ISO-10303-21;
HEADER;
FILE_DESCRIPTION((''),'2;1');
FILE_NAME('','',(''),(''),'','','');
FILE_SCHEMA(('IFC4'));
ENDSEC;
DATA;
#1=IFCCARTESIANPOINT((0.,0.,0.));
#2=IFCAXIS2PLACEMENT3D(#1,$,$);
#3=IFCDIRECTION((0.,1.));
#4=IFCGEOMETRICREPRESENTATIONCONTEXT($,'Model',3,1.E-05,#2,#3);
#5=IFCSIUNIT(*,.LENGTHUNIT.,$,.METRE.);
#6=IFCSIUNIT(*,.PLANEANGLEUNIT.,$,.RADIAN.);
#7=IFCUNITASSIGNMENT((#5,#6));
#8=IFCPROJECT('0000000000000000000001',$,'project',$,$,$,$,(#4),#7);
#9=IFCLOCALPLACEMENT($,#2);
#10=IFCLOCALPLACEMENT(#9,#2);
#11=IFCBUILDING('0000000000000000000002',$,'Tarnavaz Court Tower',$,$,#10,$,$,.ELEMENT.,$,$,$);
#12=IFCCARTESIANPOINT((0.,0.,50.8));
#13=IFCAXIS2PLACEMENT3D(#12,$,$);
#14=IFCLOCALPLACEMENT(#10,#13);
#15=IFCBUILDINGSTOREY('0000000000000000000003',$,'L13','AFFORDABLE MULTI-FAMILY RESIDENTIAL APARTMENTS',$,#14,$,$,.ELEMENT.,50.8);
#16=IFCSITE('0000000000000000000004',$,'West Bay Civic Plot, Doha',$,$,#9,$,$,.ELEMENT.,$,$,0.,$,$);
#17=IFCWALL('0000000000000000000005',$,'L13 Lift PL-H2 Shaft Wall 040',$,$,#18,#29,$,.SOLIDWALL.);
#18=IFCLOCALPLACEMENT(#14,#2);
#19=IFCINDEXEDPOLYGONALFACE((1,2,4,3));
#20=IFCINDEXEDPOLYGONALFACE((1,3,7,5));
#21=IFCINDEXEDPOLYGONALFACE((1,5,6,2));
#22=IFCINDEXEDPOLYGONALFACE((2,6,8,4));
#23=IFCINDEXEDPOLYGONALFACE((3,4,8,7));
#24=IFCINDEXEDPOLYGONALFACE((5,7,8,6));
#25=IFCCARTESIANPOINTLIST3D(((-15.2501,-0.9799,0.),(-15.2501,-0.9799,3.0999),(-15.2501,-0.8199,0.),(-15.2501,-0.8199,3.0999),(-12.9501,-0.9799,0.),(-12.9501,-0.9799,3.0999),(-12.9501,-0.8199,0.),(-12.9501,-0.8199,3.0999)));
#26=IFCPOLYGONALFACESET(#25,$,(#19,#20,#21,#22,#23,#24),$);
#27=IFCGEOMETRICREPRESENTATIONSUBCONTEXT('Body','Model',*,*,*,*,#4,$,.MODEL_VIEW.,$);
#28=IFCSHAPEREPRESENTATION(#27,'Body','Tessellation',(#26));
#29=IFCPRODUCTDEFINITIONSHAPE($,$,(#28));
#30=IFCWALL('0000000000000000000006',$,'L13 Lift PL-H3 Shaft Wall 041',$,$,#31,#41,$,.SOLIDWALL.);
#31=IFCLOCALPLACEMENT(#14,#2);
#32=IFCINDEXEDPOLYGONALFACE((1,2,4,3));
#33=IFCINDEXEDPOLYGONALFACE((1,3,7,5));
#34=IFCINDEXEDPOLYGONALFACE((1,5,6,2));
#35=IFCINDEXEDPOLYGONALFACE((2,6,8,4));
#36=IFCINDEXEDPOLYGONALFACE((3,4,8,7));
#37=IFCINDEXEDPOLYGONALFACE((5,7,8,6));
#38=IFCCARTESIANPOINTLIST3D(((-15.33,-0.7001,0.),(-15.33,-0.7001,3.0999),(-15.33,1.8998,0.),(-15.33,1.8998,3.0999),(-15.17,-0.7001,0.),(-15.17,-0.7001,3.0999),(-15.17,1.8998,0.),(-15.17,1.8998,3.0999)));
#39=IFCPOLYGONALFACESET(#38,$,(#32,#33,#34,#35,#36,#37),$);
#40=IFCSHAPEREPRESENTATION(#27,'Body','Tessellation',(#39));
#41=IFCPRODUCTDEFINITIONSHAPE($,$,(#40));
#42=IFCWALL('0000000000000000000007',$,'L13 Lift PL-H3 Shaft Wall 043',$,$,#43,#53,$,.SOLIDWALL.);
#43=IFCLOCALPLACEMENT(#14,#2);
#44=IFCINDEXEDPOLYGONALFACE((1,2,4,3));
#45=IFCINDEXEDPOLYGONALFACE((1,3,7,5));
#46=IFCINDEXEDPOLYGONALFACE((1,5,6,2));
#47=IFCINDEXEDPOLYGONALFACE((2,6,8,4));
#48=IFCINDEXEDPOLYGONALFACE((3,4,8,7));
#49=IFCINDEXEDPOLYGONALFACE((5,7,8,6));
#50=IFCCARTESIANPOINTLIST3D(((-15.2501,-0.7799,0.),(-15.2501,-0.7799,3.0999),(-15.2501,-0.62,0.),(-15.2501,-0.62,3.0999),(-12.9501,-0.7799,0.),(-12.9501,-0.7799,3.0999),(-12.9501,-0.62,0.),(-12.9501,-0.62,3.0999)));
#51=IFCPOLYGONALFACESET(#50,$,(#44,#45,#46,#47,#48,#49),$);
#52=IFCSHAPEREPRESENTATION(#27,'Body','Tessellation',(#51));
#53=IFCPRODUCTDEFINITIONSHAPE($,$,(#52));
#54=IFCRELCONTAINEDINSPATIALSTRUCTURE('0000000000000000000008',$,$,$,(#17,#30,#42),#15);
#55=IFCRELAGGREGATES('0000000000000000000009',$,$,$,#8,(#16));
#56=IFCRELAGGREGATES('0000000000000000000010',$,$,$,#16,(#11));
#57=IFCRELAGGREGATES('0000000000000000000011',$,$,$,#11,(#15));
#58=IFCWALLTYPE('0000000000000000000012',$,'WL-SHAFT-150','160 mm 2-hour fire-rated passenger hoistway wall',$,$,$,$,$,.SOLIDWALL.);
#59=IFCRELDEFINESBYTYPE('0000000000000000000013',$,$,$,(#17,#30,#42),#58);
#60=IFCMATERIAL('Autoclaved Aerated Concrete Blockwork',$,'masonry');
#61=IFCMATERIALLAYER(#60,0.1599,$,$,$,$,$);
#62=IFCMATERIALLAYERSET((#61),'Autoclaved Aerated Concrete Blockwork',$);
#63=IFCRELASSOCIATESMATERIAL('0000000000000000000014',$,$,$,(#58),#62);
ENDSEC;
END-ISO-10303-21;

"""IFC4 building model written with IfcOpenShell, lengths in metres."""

from ifc_helpers import new_model, si_unit, direction, frame, frame_2d, origin, place, context, subcontext, project, spatial, rectangle, extrude, material, layer, layer_set, type_object, element, save


model = new_model("IFC4")

# Units and contexts
model_context = context("Model", 3, precision=1e-05, world=origin(), true_north=direction((0.0, 1.0)))
body_context = subcontext(model_context, "Body", "Model", "MODEL_VIEW")
ifc_project = project(units=[si_unit("LENGTHUNIT", "METRE"), si_unit("PLANEANGLEUNIT", "RADIAN")], contexts=[model_context])

# Site, building, storey
site_placement = place(None, origin())
site = spatial("IfcSite", under=ifc_project, at=site_placement, Name="West Bay Civic Plot, Doha", CompositionType="ELEMENT", RefElevation=0.0)
building_placement = place(site_placement, origin())
building = spatial("IfcBuilding", under=site, at=building_placement, Name="Tarnavaz Court Tower", CompositionType="ELEMENT")
storey_placement = place(building_placement, frame((0.0, 0.0, 50.8)))
storey = spatial("IfcBuildingStorey", under=building, at=storey_placement, Name="L13", Description="AFFORDABLE MULTI-FAMILY RESIDENTIAL APARTMENTS", CompositionType="ELEMENT", Elevation=50.8)

# Walls
ifc_material_1 = material(Name="Autoclaved Aerated Concrete Blockwork", Category="masonry")
ifc_layer_1 = layer(ifc_material_1, 0.1599)
ifc_layer_set_1 = layer_set([ifc_layer_1], Name="Autoclaved Aerated Concrete Blockwork")
wall_type_1 = type_object("IfcWallType", Name="WL-SHAFT-150", Description="160 mm 2-hour fire-rated passenger hoistway wall", PredefinedType="SOLIDWALL", material=ifc_layer_set_1)
for number, where, z_axis, x_axis, name in (
    (1, (-15.25, -0.8999, 0.0), (0.0, 0.0, 1.0), (1.0, 0.0, 0.0), "L13 Lift PL-H2 Shaft Wall 040"),
):
    element("IfcWall", number, at=place(storey_placement, frame(where, z_axis=z_axis, x_axis=x_axis)), inside=storey, type_object=wall_type_1, Name=name, PredefinedType="SOLIDWALL", context=body_context, shape_type="SweptSolid", body=[
        extrude(rectangle(XDim=2.3, YDim=0.1599, at=frame_2d((1.1499, 0.0))), origin(), (0.0, 0.0, 1.0), 3.0999),
    ])
wall_1_placement = place(storey_placement, frame((-15.25, -0.7, 0.0), z_axis=(0.0, 0.0, 1.0), x_axis=(0.0, 1.0, 0.0)))
element("IfcWall", 2, at=wall_1_placement, inside=storey, type_object=wall_type_1, Name="L13 Lift PL-H3 Shaft Wall 041", PredefinedType="SOLIDWALL", context=body_context, shape_type="SweptSolid", body=[
    extrude(rectangle(XDim=2.5999, YDim=0.1599, at=frame_2d((1.2998, 0.0))), origin(), (0.0, 0.0, 1.0), 3.0999),
])
wall_2_placement = place(storey_placement, frame((-15.25, -0.7, 0.0), z_axis=(0.0, 0.0, 1.0), x_axis=(1.0, 0.0, 0.0)))
element("IfcWall", 3, at=wall_2_placement, inside=storey, type_object=wall_type_1, Name="L13 Lift PL-H3 Shaft Wall 043", PredefinedType="SOLIDWALL", context=body_context, shape_type="SweptSolid", body=[
    extrude(rectangle(XDim=2.3, YDim=0.1599, at=frame_2d((1.1499, 0.0))), origin(), (0.0, 0.0, 1.0), 3.0999),
])

save(model, "model.ifc")
